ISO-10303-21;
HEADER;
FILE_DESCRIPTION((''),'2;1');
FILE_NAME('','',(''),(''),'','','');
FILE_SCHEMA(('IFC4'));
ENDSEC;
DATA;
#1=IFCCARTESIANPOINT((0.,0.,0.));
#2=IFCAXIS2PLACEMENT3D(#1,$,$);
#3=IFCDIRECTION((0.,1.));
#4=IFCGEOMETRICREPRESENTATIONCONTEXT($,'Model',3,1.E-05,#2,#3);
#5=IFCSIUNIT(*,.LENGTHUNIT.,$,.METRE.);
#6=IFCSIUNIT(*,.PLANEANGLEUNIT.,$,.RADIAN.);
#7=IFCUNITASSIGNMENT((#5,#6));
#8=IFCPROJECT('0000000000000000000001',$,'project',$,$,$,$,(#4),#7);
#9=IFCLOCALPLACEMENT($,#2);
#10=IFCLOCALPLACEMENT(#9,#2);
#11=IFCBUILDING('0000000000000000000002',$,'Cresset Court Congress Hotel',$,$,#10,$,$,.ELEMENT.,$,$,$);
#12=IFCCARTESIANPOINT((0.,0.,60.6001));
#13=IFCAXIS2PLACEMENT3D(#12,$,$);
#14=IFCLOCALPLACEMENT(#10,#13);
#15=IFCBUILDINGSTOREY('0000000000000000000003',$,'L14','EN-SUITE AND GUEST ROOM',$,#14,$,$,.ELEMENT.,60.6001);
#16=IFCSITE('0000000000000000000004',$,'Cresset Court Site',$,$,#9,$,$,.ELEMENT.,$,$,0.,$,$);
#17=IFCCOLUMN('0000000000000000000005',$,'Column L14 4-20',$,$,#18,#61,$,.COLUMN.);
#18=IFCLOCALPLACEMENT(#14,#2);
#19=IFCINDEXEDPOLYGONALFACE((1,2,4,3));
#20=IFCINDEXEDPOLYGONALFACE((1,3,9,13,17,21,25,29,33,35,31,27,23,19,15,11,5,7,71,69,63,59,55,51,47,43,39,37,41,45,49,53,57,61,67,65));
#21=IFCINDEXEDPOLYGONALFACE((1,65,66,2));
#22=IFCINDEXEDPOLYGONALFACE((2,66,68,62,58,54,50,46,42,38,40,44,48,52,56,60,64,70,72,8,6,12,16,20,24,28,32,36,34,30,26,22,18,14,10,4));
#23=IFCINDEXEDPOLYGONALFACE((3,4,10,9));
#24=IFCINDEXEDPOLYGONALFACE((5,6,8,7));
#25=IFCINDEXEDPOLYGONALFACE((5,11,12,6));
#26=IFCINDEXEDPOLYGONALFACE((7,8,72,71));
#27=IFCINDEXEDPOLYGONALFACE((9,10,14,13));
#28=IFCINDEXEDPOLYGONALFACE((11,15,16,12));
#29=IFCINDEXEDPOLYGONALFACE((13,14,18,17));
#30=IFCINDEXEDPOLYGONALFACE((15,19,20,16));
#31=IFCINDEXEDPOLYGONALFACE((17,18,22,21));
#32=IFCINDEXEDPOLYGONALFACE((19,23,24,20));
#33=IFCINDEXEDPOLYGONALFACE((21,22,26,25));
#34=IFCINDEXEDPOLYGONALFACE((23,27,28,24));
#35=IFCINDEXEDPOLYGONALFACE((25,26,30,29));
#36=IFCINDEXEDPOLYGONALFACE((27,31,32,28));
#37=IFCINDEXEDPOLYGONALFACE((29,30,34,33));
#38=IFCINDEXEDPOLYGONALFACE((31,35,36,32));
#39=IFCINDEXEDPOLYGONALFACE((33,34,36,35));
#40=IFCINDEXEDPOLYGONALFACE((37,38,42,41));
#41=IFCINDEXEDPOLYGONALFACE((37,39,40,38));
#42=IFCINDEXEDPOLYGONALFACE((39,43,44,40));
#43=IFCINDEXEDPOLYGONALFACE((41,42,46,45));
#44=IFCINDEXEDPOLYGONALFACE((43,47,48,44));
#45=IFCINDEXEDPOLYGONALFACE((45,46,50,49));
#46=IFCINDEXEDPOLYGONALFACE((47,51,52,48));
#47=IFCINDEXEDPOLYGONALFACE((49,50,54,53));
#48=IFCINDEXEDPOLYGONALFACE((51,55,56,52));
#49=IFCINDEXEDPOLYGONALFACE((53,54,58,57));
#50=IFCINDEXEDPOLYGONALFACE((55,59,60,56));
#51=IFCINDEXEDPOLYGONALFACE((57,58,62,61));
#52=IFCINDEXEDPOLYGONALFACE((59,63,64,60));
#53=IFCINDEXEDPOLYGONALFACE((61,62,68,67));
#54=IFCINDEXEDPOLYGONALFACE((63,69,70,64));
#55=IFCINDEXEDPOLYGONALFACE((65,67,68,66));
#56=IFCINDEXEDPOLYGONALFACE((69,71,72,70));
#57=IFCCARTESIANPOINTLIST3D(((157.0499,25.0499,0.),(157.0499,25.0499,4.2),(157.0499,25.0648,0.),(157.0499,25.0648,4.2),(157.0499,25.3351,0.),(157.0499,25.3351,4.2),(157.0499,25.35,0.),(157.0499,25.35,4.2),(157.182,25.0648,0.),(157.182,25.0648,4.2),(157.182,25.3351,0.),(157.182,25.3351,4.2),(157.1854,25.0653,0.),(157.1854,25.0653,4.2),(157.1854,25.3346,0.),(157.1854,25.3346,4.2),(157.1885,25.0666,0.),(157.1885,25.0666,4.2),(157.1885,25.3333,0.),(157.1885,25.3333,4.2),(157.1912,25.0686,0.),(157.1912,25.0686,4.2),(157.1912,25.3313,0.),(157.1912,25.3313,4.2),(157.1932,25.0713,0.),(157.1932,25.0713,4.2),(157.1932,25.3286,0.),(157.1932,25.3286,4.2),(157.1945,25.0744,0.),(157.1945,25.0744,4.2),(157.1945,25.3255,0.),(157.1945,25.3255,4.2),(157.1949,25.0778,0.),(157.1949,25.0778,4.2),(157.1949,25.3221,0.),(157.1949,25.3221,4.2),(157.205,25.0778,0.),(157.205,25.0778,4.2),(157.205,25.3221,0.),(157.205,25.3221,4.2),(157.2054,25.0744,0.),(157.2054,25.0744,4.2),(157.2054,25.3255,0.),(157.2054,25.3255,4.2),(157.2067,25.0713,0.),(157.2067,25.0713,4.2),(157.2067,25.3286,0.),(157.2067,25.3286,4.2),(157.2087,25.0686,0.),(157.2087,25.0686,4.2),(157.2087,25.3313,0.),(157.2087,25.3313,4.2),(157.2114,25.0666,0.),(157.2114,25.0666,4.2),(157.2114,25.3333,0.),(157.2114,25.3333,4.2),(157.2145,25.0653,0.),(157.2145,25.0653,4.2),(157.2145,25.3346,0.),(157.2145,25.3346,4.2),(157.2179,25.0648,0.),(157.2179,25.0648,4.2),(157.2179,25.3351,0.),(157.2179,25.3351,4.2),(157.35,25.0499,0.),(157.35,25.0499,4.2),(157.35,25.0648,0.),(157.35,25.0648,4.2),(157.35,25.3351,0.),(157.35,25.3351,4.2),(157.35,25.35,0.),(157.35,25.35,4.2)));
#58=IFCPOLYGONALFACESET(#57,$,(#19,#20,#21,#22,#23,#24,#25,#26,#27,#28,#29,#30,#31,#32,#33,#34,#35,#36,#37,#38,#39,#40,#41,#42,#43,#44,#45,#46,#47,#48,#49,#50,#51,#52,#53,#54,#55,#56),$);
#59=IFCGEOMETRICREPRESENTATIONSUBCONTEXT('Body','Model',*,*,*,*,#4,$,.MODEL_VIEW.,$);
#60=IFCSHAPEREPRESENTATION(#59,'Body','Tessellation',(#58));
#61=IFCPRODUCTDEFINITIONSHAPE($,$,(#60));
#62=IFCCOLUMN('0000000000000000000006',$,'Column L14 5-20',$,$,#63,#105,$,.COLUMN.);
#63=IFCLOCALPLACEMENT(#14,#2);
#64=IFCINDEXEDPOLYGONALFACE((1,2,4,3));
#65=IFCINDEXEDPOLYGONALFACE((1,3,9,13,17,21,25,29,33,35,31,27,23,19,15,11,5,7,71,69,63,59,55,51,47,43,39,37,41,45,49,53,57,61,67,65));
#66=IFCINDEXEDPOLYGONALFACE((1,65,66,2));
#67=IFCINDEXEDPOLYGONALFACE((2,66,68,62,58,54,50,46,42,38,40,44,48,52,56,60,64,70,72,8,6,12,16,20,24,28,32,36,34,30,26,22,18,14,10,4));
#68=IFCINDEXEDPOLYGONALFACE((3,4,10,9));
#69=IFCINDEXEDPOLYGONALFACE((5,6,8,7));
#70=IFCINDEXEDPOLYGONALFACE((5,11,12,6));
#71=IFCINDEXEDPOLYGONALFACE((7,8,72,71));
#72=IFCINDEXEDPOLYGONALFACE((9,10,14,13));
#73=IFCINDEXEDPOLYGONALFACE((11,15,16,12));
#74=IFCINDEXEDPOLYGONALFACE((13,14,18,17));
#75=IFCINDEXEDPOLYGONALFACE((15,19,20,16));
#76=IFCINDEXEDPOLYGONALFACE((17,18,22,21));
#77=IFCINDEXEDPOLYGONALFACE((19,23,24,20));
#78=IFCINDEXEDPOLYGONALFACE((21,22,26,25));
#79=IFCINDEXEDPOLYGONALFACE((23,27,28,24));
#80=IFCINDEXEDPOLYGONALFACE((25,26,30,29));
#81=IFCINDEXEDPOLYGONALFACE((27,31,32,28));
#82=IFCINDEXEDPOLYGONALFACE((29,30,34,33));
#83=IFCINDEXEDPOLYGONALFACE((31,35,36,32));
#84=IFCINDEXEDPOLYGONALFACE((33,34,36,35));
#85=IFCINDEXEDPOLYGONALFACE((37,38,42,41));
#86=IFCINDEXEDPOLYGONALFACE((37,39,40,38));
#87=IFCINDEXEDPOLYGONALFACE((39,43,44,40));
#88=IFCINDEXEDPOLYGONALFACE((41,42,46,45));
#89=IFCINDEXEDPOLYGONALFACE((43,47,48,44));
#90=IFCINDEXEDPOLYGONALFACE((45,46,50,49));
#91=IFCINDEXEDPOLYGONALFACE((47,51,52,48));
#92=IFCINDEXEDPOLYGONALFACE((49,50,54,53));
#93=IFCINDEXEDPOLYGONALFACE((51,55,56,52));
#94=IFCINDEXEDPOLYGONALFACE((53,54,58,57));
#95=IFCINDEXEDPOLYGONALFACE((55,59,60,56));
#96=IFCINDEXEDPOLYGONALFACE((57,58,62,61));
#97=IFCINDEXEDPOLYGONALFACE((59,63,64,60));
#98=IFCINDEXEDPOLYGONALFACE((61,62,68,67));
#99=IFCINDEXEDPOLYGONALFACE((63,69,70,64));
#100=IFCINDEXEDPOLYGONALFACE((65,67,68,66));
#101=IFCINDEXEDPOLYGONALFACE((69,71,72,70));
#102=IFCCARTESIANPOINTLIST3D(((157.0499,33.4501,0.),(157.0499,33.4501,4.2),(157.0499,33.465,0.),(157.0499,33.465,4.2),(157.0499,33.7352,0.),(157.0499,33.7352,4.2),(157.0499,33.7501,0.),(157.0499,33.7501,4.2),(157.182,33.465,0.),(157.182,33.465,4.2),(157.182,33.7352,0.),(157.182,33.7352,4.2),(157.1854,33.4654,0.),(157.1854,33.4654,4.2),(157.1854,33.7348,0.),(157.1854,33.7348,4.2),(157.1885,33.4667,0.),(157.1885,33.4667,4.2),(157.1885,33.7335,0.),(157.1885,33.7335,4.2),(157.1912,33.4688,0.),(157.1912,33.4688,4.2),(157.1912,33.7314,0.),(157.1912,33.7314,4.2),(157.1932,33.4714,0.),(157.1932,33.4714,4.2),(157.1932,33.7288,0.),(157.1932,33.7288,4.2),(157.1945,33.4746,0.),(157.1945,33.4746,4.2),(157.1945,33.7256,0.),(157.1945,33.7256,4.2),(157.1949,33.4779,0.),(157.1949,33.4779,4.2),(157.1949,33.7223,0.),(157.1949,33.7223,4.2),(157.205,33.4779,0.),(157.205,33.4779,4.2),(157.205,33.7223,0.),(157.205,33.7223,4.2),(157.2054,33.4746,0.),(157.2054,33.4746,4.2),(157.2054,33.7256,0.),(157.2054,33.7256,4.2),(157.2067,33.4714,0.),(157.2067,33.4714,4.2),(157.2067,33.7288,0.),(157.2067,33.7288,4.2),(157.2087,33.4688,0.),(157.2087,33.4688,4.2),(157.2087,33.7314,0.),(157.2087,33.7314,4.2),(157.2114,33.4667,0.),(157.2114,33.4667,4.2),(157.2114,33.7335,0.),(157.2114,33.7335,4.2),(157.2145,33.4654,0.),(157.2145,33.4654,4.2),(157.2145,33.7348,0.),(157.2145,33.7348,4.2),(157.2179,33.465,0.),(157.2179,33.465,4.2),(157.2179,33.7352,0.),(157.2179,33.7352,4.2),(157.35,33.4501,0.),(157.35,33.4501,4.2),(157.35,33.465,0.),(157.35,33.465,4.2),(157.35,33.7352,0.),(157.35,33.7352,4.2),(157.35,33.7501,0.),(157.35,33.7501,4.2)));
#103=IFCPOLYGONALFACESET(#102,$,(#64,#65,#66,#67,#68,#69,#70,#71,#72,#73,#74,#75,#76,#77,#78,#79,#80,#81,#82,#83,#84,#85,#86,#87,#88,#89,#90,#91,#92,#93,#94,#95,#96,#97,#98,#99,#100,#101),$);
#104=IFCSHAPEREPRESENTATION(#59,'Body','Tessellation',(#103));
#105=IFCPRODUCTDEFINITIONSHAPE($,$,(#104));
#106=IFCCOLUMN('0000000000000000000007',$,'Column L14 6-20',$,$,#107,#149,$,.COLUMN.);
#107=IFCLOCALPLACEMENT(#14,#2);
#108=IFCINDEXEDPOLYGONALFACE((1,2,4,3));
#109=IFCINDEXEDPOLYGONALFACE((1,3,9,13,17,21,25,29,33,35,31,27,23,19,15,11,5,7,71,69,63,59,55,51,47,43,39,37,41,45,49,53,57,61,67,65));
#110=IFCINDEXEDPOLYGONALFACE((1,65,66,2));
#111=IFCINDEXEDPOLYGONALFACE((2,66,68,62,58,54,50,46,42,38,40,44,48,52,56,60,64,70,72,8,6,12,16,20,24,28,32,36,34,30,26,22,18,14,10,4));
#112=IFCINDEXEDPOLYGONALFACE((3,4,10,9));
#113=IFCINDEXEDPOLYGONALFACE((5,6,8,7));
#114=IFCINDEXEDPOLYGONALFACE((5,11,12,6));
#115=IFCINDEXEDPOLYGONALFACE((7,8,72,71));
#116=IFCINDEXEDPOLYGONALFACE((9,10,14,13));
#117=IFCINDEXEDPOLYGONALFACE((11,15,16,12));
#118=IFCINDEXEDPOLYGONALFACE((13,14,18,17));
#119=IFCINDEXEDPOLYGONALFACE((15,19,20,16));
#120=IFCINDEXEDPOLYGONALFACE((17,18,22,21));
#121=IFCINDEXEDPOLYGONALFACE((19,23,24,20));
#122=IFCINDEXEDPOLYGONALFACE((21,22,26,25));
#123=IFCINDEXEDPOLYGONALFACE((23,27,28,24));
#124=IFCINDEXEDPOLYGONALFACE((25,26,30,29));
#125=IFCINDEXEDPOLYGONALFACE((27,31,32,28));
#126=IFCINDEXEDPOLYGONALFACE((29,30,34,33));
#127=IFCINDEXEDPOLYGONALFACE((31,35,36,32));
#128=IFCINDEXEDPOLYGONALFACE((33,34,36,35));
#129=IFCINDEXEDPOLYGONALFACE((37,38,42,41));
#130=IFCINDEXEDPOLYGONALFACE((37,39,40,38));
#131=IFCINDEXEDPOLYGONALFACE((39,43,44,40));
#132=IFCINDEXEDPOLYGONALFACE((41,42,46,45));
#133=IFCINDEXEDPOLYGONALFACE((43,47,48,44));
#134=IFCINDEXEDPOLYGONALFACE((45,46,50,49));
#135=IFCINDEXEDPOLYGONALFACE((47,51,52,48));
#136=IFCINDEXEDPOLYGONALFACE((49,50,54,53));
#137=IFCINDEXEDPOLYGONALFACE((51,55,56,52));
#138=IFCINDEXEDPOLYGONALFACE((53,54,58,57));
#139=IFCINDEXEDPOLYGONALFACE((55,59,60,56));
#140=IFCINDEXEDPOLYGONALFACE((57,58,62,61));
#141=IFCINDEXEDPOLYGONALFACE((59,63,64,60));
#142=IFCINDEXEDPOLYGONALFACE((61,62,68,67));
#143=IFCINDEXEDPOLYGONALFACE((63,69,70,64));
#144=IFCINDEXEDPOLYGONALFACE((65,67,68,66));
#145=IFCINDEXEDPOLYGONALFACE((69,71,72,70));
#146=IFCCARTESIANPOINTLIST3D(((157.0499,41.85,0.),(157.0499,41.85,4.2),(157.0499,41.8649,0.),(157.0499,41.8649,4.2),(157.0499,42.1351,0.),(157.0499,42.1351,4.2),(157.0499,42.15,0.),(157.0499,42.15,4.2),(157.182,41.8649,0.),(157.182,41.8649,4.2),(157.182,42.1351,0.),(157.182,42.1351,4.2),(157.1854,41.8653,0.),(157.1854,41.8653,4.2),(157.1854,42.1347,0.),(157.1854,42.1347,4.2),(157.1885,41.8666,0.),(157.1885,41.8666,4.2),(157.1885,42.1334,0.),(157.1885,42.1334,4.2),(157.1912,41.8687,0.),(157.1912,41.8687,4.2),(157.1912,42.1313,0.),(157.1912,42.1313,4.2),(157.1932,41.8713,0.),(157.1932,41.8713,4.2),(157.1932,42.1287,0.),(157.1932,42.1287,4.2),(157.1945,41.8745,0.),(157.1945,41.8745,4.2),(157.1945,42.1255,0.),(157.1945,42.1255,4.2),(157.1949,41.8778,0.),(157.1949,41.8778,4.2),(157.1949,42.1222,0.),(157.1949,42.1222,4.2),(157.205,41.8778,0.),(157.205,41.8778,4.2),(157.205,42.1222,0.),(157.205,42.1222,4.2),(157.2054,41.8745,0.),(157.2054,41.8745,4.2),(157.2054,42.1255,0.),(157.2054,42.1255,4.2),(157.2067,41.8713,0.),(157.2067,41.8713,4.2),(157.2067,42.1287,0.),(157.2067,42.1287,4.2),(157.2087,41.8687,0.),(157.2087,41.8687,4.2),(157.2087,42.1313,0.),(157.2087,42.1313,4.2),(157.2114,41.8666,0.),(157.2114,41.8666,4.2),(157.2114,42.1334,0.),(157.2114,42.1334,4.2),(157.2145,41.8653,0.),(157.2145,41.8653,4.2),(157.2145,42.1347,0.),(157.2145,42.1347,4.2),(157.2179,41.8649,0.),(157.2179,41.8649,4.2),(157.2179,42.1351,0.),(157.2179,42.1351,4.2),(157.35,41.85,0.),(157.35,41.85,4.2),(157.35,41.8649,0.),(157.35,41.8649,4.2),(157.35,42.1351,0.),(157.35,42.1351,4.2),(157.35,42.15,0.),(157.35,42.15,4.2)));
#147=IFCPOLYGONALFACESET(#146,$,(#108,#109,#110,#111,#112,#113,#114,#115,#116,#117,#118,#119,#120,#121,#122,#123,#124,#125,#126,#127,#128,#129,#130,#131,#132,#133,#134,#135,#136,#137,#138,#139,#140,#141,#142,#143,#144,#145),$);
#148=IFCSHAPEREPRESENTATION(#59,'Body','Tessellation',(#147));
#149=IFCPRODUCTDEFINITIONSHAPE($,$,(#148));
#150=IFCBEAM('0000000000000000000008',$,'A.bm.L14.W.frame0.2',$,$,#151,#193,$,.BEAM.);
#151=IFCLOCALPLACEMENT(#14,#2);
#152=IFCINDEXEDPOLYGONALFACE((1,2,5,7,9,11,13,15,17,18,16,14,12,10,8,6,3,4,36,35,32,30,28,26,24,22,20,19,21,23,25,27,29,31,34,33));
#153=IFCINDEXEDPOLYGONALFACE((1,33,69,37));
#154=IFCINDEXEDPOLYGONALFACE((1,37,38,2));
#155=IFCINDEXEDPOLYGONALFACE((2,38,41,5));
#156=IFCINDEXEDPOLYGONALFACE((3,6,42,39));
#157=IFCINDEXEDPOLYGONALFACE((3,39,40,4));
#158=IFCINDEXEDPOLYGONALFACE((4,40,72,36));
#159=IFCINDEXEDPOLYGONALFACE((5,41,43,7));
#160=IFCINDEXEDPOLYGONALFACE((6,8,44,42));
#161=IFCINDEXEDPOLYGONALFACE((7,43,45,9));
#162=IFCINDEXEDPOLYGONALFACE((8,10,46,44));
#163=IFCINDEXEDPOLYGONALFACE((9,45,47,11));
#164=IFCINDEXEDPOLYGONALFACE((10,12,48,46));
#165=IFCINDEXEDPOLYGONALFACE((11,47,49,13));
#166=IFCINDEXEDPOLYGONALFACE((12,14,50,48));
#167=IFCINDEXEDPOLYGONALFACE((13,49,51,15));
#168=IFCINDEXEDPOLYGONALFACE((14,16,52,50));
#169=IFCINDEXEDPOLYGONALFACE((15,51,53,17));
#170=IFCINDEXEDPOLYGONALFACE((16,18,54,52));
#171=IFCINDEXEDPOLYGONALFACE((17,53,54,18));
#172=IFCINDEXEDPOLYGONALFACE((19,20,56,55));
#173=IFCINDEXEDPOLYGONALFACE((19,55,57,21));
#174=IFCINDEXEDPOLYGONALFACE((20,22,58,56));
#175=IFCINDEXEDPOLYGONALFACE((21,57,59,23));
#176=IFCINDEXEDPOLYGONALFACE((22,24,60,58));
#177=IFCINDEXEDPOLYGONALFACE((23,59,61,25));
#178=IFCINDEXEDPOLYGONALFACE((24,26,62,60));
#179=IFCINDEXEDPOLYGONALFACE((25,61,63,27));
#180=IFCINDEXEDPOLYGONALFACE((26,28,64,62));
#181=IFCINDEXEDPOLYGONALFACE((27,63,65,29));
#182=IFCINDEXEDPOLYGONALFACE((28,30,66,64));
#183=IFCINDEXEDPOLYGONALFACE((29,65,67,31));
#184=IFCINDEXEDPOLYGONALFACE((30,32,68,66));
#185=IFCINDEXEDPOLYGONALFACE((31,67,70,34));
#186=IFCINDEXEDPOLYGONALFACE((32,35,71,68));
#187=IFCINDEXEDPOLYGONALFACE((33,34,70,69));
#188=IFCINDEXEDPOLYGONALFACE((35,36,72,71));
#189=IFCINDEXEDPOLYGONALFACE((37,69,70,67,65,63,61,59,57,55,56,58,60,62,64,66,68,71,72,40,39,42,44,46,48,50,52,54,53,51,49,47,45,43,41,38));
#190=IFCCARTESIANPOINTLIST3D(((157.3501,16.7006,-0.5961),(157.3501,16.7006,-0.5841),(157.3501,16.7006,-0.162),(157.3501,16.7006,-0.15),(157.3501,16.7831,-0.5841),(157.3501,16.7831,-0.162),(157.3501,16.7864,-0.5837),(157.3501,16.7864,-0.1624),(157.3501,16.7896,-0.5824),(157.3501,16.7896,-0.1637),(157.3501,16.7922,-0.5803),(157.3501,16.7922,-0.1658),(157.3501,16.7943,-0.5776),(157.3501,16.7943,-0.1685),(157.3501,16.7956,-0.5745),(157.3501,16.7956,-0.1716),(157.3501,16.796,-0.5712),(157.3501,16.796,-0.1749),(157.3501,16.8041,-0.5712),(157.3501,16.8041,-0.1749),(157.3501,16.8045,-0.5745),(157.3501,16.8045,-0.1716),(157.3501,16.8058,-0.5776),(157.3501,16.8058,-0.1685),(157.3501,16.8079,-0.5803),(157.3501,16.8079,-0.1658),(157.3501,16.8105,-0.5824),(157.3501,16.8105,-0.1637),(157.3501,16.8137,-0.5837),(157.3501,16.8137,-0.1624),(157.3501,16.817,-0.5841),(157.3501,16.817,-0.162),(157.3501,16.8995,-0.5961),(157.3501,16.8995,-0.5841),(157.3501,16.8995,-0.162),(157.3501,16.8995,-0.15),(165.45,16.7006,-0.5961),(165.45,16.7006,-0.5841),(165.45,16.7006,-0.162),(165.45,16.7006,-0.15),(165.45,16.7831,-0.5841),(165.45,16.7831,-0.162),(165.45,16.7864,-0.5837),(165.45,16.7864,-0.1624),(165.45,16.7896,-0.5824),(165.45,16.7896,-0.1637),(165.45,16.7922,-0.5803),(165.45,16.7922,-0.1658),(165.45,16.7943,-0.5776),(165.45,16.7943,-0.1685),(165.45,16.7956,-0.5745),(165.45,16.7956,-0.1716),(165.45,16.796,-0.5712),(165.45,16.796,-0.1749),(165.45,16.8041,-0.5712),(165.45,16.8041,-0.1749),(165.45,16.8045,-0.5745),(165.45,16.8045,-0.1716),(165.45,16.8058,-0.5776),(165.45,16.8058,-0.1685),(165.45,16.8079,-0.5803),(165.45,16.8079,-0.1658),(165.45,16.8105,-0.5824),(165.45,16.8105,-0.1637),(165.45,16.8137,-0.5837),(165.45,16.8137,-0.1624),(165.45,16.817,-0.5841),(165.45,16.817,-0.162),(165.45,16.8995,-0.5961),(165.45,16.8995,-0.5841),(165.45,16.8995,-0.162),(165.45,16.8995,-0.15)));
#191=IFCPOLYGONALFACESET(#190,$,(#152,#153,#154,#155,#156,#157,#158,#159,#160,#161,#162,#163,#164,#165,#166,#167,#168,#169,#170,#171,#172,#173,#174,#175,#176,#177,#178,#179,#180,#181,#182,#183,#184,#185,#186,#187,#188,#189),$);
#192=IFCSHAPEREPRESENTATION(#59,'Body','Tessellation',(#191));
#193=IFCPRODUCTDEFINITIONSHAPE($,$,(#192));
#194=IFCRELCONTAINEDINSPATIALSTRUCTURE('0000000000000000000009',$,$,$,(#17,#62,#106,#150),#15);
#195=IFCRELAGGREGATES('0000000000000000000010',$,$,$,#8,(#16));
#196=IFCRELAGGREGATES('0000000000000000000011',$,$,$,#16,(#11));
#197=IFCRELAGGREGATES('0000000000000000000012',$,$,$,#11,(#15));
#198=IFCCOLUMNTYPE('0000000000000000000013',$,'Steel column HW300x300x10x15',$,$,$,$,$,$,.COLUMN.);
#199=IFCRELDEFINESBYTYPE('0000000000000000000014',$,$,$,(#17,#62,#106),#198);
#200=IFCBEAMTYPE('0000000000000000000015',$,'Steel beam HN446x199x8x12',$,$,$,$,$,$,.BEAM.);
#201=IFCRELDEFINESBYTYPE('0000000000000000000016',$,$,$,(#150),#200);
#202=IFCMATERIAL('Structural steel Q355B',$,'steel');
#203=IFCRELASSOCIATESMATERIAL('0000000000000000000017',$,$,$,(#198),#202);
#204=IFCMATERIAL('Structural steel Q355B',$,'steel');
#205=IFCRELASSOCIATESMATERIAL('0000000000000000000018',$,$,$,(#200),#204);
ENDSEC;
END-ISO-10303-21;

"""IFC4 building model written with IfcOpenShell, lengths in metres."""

from ifc_helpers import new_model, si_unit, direction, frame, origin, origin_2d, place, context, subcontext, project, spatial, i_section, extrude, material, material_profile, profile_set, type_object, element, save


model = new_model("IFC4")

# Units and contexts
model_context = context("Model", 3, precision=1e-05, world=origin(), true_north=direction((0.0, 1.0)))
body_context = subcontext(model_context, "Body", "Model", "MODEL_VIEW")
ifc_project = project(units=[si_unit("LENGTHUNIT", "METRE"), si_unit("PLANEANGLEUNIT", "RADIAN")], contexts=[model_context])

# Site, building, storey
site_placement = place(None, origin())
site = spatial("IfcSite", under=ifc_project, at=site_placement, Name="Cresset Court Site", CompositionType="ELEMENT", RefElevation=0.0)
building_placement = place(site_placement, origin())
building = spatial("IfcBuilding", under=site, at=building_placement, Name="Cresset Court Congress Hotel", CompositionType="ELEMENT")
storey_placement = place(building_placement, frame((0.0, 0.0, 60.6001)))
storey = spatial("IfcBuildingStorey", under=building, at=storey_placement, Name="L14", Description="EN-SUITE AND GUEST ROOM", CompositionType="ELEMENT", Elevation=60.6001)

# Columns
ifc_material_1 = material(Name="Structural steel Q355B", Category="steel")
ifc_material_profile_1 = material_profile(ifc_material_1, i_section(OverallWidth=0.3, OverallDepth=0.3, WebThickness=0.01, FlangeThickness=0.0149, FilletRadius=0.0129, at=origin_2d()), Name="HW300x300x10x15")
ifc_profile_set_1 = profile_set([ifc_material_profile_1], Name="Structural steel Q355B")
column_type = type_object("IfcColumnType", Name="Steel column HW300x300x10x15", PredefinedType="COLUMN", material=ifc_profile_set_1)
for number, where, z_axis, x_axis, name in (
    (1, (157.2, 25.2, 0.0), (0.0, 0.0, 1.0), (1.0, 0.0, 0.0), "Column L14 4-20"),
    (2, (157.2, 33.6001, 0.0), (0.0, 0.0, 1.0), (1.0, 0.0, 0.0), "Column L14 5-20"),
    (3, (157.2, 42.0, 0.0), (0.0, 0.0, 1.0), (1.0, 0.0, 0.0), "Column L14 6-20"),
):
    element("IfcColumn", number, at=place(storey_placement, frame(where, z_axis=z_axis, x_axis=x_axis)), inside=storey, type_object=column_type, Name=name, PredefinedType="COLUMN", context=body_context, shape_type="SweptSolid", body=[
        extrude(i_section(OverallWidth=0.3, OverallDepth=0.3, WebThickness=0.01, FlangeThickness=0.0149, FilletRadius=0.0129, at=origin_2d()), origin(), (0.0, 0.0, 1.0), 4.2),
    ])

# Beam
ifc_material_2 = material(Name="Structural steel Q355B", Category="steel")
ifc_material_profile_2 = material_profile(ifc_material_2, i_section(OverallWidth=0.199, OverallDepth=0.446, WebThickness=0.0081, FlangeThickness=0.012, FilletRadius=0.0129, at=origin_2d()), Name="HN446x199x8x12")
ifc_profile_set_2 = profile_set([ifc_material_profile_2], Name="Structural steel Q355B")
beam_type_1 = type_object("IfcBeamType", Name="Steel beam HN446x199x8x12", PredefinedType="BEAM", material=ifc_profile_set_2)
beam_1_placement = place(storey_placement, frame((157.3501, 16.8, -0.373), z_axis=(1.0, 0.0, 0.0), x_axis=(0.0, 1.0, 0.0)))
element("IfcBeam", 4, at=beam_1_placement, inside=storey, type_object=beam_type_1, Name="A.bm.L14.W.frame0.2", PredefinedType="BEAM", context=body_context, shape_type="SweptSolid", body=[
    extrude(i_section(OverallWidth=0.199, OverallDepth=0.446, WebThickness=0.0081, FlangeThickness=0.012, FilletRadius=0.0129, at=origin_2d()), origin(), (0.0, 0.0, 1.0), 8.0999),
])

save(model, "model.ifc")
